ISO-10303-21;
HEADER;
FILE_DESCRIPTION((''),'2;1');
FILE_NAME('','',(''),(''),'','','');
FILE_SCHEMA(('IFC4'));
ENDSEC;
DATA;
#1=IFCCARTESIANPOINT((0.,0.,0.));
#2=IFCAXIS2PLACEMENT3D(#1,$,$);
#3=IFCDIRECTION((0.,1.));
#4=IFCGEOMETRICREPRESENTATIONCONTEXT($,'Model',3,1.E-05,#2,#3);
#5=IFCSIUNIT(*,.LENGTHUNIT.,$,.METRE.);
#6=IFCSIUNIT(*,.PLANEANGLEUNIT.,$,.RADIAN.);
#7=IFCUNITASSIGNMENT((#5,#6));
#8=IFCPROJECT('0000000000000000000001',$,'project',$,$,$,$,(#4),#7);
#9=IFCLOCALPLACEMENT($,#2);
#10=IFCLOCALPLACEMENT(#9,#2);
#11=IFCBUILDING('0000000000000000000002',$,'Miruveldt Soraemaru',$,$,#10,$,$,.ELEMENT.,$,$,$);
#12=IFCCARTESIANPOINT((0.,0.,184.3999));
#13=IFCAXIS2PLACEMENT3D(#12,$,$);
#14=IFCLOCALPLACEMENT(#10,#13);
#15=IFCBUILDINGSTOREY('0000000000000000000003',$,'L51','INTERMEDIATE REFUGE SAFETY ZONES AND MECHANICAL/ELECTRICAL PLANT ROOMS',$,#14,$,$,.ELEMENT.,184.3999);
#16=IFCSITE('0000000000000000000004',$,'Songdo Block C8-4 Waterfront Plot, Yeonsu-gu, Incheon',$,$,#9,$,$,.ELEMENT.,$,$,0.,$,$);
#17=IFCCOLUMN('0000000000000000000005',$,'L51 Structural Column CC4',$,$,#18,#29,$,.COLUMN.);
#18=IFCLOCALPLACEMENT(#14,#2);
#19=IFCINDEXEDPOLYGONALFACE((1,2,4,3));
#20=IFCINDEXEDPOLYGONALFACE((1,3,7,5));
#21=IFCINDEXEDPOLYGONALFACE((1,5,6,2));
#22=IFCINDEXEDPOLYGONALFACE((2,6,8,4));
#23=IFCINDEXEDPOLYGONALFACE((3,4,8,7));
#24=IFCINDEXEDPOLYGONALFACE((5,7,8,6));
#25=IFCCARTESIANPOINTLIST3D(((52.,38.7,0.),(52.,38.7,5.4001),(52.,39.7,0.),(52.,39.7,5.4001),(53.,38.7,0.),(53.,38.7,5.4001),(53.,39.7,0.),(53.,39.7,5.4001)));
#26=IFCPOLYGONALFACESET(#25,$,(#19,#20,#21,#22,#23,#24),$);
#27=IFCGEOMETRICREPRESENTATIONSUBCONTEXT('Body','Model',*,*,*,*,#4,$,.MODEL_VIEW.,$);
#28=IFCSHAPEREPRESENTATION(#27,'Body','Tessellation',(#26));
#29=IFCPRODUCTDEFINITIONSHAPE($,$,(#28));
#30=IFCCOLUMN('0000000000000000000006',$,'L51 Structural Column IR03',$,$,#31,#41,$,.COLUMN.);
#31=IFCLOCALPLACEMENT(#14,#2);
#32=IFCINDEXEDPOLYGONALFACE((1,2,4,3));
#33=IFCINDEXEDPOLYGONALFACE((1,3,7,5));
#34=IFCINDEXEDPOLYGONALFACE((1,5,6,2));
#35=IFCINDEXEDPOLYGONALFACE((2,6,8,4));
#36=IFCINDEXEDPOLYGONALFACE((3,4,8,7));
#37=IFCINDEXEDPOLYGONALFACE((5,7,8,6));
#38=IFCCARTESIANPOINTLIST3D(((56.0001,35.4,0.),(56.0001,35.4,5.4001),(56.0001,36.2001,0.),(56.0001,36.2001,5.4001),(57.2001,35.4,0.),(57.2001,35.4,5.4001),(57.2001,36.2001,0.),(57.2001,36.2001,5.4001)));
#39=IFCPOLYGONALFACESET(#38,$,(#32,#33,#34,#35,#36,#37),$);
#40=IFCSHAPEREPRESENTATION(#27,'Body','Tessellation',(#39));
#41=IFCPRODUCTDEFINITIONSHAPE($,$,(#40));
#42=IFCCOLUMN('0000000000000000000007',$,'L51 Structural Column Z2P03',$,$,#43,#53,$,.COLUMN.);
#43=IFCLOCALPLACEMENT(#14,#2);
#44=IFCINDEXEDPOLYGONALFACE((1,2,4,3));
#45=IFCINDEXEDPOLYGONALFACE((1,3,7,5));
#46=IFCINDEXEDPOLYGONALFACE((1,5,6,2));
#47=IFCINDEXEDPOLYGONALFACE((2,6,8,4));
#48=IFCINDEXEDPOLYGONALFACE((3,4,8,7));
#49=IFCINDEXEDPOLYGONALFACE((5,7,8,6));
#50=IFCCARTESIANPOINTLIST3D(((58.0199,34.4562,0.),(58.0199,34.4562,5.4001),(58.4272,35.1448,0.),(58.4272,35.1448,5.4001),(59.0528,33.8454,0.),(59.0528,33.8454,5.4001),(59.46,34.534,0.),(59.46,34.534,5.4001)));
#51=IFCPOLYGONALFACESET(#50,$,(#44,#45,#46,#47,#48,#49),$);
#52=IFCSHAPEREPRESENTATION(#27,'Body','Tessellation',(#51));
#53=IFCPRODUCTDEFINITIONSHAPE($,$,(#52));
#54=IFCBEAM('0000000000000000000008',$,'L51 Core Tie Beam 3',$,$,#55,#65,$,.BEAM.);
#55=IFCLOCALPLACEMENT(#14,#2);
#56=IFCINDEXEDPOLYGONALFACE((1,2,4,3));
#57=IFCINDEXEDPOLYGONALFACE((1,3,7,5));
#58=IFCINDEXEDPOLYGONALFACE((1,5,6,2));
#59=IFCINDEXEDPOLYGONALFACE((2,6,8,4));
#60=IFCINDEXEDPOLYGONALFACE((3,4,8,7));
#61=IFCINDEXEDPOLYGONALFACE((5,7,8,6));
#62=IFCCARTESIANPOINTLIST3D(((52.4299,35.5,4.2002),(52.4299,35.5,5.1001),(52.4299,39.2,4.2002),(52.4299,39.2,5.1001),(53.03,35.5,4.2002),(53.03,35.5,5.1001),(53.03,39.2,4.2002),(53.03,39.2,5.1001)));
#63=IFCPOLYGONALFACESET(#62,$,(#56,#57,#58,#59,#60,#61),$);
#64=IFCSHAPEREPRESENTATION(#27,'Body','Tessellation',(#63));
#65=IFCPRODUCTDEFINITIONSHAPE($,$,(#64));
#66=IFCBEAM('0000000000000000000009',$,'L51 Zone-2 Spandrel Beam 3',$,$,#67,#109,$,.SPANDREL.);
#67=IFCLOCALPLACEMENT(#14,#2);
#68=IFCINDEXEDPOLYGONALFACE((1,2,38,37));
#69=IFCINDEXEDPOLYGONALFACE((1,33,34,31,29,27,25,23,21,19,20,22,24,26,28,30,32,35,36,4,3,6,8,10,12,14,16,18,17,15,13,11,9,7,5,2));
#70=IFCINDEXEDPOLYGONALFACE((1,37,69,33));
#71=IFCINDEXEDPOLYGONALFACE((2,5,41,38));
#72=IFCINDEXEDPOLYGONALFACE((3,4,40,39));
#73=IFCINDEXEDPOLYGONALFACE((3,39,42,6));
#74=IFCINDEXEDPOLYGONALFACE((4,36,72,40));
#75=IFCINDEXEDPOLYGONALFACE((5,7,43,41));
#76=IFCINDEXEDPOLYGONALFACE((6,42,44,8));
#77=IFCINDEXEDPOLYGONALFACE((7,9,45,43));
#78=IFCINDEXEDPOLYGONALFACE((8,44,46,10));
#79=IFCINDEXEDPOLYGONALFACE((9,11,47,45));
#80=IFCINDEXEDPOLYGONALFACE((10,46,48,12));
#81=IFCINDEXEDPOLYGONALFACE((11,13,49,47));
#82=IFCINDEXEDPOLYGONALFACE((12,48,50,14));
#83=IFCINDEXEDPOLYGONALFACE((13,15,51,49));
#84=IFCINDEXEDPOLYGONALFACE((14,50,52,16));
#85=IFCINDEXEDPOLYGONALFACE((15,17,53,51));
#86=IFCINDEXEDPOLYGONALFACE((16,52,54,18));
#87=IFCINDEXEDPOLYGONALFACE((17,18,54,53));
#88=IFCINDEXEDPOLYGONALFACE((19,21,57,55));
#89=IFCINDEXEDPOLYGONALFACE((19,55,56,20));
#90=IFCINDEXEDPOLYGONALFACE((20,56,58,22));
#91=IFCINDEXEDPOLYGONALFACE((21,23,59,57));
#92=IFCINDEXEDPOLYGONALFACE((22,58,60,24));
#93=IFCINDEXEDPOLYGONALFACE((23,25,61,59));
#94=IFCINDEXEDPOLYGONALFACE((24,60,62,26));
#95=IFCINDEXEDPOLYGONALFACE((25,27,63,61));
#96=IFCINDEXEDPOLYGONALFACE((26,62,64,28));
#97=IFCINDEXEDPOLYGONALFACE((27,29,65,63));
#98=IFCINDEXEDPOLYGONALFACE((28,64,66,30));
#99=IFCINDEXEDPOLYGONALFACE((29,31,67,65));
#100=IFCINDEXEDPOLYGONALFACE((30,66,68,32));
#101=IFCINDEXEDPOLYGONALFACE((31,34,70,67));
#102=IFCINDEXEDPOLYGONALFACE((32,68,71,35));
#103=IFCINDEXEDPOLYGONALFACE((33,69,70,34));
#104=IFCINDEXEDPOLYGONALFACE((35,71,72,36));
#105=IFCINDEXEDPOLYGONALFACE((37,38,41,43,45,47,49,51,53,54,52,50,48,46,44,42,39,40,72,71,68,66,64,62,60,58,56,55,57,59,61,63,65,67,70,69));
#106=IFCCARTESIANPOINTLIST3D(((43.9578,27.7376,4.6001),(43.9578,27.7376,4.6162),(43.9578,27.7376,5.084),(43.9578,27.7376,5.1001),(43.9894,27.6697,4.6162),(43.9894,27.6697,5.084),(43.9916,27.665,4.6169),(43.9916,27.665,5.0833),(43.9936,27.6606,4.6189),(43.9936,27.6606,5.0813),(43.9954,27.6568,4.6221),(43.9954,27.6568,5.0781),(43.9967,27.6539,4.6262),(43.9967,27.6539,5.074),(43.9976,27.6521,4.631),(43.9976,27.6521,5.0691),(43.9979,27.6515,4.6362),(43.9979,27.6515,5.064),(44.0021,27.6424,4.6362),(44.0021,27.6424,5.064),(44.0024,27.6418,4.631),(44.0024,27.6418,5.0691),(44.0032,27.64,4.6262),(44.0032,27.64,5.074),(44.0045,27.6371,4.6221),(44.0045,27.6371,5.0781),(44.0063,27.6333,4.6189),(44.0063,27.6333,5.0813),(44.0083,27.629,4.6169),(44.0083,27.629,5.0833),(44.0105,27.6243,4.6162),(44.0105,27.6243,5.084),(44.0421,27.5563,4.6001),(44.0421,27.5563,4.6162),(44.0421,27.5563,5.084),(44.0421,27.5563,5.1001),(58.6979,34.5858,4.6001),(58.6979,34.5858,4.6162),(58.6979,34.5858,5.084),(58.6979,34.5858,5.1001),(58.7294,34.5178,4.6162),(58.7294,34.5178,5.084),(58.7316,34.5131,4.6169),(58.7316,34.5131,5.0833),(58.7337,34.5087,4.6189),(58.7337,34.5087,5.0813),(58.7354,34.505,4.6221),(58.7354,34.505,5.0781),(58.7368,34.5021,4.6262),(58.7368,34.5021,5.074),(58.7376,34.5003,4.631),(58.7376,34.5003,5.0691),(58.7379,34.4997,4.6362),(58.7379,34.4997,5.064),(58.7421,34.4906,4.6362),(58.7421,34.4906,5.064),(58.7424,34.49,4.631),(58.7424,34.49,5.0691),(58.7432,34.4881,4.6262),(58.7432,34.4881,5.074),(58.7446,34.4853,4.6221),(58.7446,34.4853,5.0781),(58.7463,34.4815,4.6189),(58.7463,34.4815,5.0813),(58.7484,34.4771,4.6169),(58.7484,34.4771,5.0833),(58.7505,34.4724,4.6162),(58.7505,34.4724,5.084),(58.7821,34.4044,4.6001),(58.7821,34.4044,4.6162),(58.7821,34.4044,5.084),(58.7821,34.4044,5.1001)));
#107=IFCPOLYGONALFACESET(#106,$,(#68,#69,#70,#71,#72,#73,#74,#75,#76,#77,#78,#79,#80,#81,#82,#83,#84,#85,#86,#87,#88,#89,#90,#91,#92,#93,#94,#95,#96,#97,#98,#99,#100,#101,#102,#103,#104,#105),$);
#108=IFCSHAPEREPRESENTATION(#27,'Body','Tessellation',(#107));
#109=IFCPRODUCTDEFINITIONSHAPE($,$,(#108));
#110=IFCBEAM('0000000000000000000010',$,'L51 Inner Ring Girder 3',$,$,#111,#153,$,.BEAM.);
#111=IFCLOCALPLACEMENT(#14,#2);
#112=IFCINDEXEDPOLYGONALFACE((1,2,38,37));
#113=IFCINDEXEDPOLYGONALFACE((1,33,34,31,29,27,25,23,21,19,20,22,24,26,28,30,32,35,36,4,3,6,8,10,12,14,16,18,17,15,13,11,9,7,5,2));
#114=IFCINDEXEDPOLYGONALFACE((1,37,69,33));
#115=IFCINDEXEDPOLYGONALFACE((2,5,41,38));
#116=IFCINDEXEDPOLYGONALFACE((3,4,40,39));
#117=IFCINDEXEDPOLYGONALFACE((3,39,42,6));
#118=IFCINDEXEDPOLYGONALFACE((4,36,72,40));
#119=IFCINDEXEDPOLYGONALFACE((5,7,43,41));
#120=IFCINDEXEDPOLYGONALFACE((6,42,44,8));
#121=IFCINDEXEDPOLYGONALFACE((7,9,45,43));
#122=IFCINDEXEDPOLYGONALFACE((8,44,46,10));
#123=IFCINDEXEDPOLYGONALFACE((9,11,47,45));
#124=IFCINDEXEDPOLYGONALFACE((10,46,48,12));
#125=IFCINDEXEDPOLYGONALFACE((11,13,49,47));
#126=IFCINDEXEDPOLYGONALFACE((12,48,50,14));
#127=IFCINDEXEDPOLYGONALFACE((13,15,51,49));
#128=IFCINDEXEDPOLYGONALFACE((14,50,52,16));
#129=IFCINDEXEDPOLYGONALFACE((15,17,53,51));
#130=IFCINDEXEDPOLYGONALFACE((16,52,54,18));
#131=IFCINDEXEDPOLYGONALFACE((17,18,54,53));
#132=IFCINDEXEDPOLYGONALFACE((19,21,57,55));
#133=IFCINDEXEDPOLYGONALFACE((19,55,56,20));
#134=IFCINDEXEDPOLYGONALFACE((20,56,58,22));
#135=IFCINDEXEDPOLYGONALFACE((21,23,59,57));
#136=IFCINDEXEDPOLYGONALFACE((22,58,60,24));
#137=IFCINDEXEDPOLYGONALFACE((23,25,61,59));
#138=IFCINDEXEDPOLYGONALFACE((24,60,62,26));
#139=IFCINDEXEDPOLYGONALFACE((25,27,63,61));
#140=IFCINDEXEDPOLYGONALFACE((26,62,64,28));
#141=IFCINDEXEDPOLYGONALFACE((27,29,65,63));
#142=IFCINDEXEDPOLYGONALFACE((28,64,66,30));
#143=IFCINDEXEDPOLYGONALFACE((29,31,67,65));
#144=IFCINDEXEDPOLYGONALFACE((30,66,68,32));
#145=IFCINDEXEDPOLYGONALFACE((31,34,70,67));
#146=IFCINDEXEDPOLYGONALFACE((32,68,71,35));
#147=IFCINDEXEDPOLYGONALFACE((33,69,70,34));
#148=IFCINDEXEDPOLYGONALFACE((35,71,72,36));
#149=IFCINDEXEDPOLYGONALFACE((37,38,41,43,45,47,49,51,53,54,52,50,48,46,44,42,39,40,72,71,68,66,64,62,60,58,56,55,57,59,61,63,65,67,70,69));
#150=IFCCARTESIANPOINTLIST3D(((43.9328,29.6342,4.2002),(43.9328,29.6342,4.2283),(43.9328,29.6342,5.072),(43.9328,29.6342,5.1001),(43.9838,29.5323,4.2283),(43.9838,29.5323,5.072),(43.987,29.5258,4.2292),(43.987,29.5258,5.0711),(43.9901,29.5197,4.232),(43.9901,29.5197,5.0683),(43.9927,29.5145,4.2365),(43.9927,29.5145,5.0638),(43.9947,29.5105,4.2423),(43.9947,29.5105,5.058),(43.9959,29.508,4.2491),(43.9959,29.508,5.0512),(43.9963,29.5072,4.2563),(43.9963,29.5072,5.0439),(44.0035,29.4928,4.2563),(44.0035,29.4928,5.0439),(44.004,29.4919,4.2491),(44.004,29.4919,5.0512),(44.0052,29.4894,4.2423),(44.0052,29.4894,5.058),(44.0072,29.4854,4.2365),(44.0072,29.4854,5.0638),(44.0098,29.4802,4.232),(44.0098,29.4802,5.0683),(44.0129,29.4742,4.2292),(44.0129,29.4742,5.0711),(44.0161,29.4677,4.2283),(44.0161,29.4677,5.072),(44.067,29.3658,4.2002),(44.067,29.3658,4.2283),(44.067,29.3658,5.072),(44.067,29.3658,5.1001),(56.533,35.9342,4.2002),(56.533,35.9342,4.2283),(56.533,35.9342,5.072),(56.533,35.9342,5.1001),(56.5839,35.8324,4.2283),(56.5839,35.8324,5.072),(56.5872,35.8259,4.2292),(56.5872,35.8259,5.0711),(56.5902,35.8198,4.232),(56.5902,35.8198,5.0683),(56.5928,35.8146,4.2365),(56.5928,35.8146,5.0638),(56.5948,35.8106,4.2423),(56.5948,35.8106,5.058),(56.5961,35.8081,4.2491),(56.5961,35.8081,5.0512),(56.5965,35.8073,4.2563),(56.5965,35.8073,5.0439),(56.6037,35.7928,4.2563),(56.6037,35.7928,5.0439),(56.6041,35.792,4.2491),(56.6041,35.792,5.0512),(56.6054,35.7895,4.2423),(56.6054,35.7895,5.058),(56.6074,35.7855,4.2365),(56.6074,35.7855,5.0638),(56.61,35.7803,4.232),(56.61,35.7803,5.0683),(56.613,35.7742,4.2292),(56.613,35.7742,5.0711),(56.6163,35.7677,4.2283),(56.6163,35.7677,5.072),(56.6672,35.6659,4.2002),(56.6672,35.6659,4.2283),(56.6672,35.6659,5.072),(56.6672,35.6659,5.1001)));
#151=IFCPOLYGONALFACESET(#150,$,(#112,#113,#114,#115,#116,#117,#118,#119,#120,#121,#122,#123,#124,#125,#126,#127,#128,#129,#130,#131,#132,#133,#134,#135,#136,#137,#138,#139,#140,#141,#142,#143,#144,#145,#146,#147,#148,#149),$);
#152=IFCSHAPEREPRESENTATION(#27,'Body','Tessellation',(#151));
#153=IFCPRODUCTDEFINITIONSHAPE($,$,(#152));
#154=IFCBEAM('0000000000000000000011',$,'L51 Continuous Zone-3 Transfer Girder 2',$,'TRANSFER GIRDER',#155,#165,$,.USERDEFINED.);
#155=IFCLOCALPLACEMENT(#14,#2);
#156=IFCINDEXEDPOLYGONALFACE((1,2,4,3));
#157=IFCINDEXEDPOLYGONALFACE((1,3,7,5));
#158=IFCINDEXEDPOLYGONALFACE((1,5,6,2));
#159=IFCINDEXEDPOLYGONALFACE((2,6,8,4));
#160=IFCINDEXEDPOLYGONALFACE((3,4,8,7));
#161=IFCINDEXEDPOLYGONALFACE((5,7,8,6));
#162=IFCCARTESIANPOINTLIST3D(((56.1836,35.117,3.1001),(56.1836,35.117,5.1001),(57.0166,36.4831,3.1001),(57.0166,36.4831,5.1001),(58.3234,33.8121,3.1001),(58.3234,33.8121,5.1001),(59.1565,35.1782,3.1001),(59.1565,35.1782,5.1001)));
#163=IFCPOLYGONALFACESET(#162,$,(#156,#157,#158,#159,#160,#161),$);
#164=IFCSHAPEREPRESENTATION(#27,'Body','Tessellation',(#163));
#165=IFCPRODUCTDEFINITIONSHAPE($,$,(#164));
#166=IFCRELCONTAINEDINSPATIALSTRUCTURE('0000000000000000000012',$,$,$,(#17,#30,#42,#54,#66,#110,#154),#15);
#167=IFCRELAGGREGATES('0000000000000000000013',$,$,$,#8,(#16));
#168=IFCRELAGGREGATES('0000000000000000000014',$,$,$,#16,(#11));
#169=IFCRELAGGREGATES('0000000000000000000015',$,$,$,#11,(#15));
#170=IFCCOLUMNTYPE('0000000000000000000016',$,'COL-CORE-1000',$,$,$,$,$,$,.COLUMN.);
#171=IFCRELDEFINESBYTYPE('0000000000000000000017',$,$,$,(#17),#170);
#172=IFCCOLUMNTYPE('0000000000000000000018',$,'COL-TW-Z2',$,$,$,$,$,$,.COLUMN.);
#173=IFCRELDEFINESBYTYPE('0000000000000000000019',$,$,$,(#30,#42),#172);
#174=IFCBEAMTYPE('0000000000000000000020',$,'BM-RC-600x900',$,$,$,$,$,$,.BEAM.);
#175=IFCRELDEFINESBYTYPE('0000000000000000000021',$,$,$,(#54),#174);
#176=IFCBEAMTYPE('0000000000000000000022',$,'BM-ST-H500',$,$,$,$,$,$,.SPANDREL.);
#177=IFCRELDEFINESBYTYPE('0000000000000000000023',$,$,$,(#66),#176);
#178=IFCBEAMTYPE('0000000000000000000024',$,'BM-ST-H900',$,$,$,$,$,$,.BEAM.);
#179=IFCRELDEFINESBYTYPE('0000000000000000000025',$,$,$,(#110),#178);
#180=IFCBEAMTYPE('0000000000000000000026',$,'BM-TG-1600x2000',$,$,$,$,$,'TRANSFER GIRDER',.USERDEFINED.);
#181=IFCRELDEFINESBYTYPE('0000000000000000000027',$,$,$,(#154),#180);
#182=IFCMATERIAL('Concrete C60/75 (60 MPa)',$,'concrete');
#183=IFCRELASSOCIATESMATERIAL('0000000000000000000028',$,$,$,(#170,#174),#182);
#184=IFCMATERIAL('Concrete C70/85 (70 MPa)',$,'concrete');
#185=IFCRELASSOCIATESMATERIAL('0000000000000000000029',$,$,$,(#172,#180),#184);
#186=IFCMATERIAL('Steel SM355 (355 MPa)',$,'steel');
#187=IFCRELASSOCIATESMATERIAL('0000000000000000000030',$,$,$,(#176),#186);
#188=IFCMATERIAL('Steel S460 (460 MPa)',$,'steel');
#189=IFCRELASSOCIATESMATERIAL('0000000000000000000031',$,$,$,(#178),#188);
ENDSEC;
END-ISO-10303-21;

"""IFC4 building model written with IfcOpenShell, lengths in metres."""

from ifc_helpers import new_model, si_unit, direction, frame, origin, origin_2d, place, context, subcontext, project, spatial, rectangle, i_section, extrude, material, material_profile, profile_set, type_object, element, save


model = new_model("IFC4")

# Units and contexts
model_context = context("Model", 3, precision=1e-05, world=origin(), true_north=direction((0.0, 1.0)))
body_context = subcontext(model_context, "Body", "Model", "MODEL_VIEW")
ifc_project = project(units=[si_unit("LENGTHUNIT", "METRE"), si_unit("PLANEANGLEUNIT", "RADIAN")], contexts=[model_context])

# Site, building, storey
site_placement = place(None, origin())
site = spatial("IfcSite", under=ifc_project, at=site_placement, Name="Songdo Block C8-4 Waterfront Plot, Yeonsu-gu, Incheon", CompositionType="ELEMENT", RefElevation=0.0)
building_placement = place(site_placement, origin())
building = spatial("IfcBuilding", under=site, at=building_placement, Name="Miruveldt Soraemaru", CompositionType="ELEMENT")
storey_placement = place(building_placement, frame((0.0, 0.0, 184.3999)))
storey = spatial("IfcBuildingStorey", under=building, at=storey_placement, Name="L51", Description="INTERMEDIATE REFUGE SAFETY ZONES AND MECHANICAL/ELECTRICAL PLANT ROOMS", CompositionType="ELEMENT", Elevation=184.3999)

# Columns
ifc_material_1 = material(Name="Concrete C60/75 (60 MPa)", Category="concrete")
ifc_material_profile_1 = material_profile(ifc_material_1, rectangle(XDim=1.0, YDim=1.0, at=origin_2d()), Name="Concrete C60/75 (60 MPa)", Category="concrete")
ifc_profile_set_1 = profile_set([ifc_material_profile_1], Name="Concrete C60/75 (60 MPa)")
column_type_1 = type_object("IfcColumnType", Name="COL-CORE-1000", PredefinedType="COLUMN", material=ifc_profile_set_1)
column_placement = place(storey_placement, frame((52.5, 39.2, 0.0), z_axis=(0.0, 0.0, 1.0), x_axis=(1.0, 0.0, 0.0)))
element("IfcColumn", 1, at=column_placement, inside=storey, type_object=column_type_1, Name="L51 Structural Column CC4", PredefinedType="COLUMN", context=body_context, shape_type="SweptSolid", body=[
    extrude(rectangle(XDim=1.0, YDim=1.0, at=origin_2d()), origin(), (0.0, 0.0, 1.0), 5.4001),
])
ifc_material_2 = material(Name="Concrete C70/85 (70 MPa)", Category="concrete")
ifc_material_profile_2 = material_profile(ifc_material_2, rectangle(XDim=1.2, YDim=0.8, at=origin_2d()), Name="Concrete C70/85 (70 MPa)", Category="concrete")
ifc_profile_set_2 = profile_set([ifc_material_profile_2], Name="Concrete C70/85 (70 MPa)")
column_type_2 = type_object("IfcColumnType", Name="COL-TW-Z2", PredefinedType="COLUMN", material=ifc_profile_set_2)
for number, where, z_axis, x_axis, name in (
    (2, (56.6001, 35.8, 0.0), (0.0, 0.0, 1.0), (1.0, 0.0, 0.0), "L51 Structural Column IR03"),
    (3, (58.74, 34.4951, 0.0), (0.0, 0.0, 1.0), (-0.860742, 0.509041, 0.0), "L51 Structural Column Z2P03"),
):
    element("IfcColumn", number, at=place(storey_placement, frame(where, z_axis=z_axis, x_axis=x_axis)), inside=storey, type_object=column_type_2, Name=name, PredefinedType="COLUMN", context=body_context, shape_type="SweptSolid", body=[
        extrude(rectangle(XDim=1.2, YDim=0.8, at=origin_2d()), origin(), (0.0, 0.0, 1.0), 5.4001),
    ])

# Beams
ifc_material_profile_3 = material_profile(ifc_material_1, rectangle(XDim=0.6001, YDim=0.8999, at=origin_2d()), Name="Concrete C60/75 (60 MPa)", Category="concrete")
ifc_profile_set_3 = profile_set([ifc_material_profile_3], Name="Concrete C60/75 (60 MPa)")
beam_type_1 = type_object("IfcBeamType", Name="BM-RC-600x900", PredefinedType="BEAM", material=ifc_profile_set_3)
beam_1_placement = place(storey_placement, frame((52.73, 35.5, 4.6501), z_axis=(0.0, 1.0, 0.0), x_axis=(-1.0, 0.0, 0.0)))
element("IfcBeam", 4, at=beam_1_placement, inside=storey, type_object=beam_type_1, Name="L51 Core Tie Beam 3", PredefinedType="BEAM", context=body_context, shape_type="SweptSolid", body=[
    extrude(rectangle(XDim=0.6001, YDim=0.8999, at=origin_2d()), origin(), (0.0, 0.0, 1.0), 3.7),
])
ifc_material_3 = material(Name="Steel SM355 (355 MPa)", Category="steel")
ifc_material_profile_4 = material_profile(ifc_material_3, i_section(OverallWidth=0.2, OverallDepth=0.5, WebThickness=0.01, FlangeThickness=0.0161, FilletRadius=0.02, at=origin_2d()), Name="Steel SM355 (355 MPa)", Category="steel")
ifc_profile_set_4 = profile_set([ifc_material_profile_4], Name="Steel SM355 (355 MPa)")
beam_type_2 = type_object("IfcBeamType", Name="BM-ST-H500", PredefinedType="SPANDREL", material=ifc_profile_set_4)
beam_2_placement = place(storey_placement, frame((58.74, 34.4951, 4.8501), z_axis=(-0.906901, -0.421343, 0.0), x_axis=(0.421343, -0.906901, 0.0)))
element("IfcBeam", 5, at=beam_2_placement, inside=storey, type_object=beam_type_2, Name="L51 Zone-2 Spandrel Beam 3", PredefinedType="SPANDREL", context=body_context, shape_type="SweptSolid", body=[
    extrude(i_section(OverallWidth=0.2, OverallDepth=0.5, WebThickness=0.01, FlangeThickness=0.0161, FilletRadius=0.02, at=origin_2d()), origin(), (0.0, 0.0, 1.0), 16.2532),
])
ifc_material_4 = material(Name="Steel S460 (460 MPa)", Category="steel")
ifc_material_profile_5 = material_profile(ifc_material_4, i_section(OverallWidth=0.3, OverallDepth=0.8999, WebThickness=0.0161, FlangeThickness=0.0281, FilletRadius=0.0281, at=origin_2d()), Name="Steel S460 (460 MPa)", Category="steel")
ifc_profile_set_5 = profile_set([ifc_material_profile_5], Name="Steel S460 (460 MPa)")
beam_type_3 = type_object("IfcBeamType", Name="BM-ST-H900", PredefinedType="BEAM", material=ifc_profile_set_5)
beam_3_placement = place(storey_placement, frame((56.6001, 35.8, 4.6501), z_axis=(-0.894427, -0.447214, 0.0), x_axis=(0.447214, -0.894427, 0.0)))
element("IfcBeam", 6, at=beam_3_placement, inside=storey, type_object=beam_type_3, Name="L51 Inner Ring Girder 3", PredefinedType="BEAM", context=body_context, shape_type="SweptSolid", body=[
    extrude(i_section(OverallWidth=0.3, OverallDepth=0.8999, WebThickness=0.0161, FlangeThickness=0.0281, FilletRadius=0.0281, at=origin_2d()), origin(), (0.0, 0.0, 1.0), 14.0874),
])
ifc_material_profile_6 = material_profile(ifc_material_2, rectangle(XDim=1.6001, YDim=2.0, at=origin_2d()), Name="Concrete C70/85 (70 MPa)", Category="concrete")
ifc_profile_set_6 = profile_set([ifc_material_profile_6], Name="Concrete C70/85 (70 MPa)")
beam_type_4 = type_object("IfcBeamType", Name="BM-TG-1600x2000", ElementType="TRANSFER GIRDER", PredefinedType="USERDEFINED", material=ifc_profile_set_6)
beam_4_placement = place(storey_placement, frame((56.6001, 35.8, 4.1001), z_axis=(0.853775, -0.520642, 0.0), x_axis=(0.520642, 0.853775, 0.0)))
element("IfcBeam", 7, at=beam_4_placement, inside=storey, type_object=beam_type_4, Name="L51 Continuous Zone-3 Transfer Girder 2", ObjectType="TRANSFER GIRDER", PredefinedType="USERDEFINED", context=body_context, shape_type="SweptSolid", body=[
    extrude(rectangle(XDim=1.6001, YDim=2.0, at=origin_2d()), origin(), (0.0, 0.0, 1.0), 2.5063),
])

save(model, "model.ifc")
